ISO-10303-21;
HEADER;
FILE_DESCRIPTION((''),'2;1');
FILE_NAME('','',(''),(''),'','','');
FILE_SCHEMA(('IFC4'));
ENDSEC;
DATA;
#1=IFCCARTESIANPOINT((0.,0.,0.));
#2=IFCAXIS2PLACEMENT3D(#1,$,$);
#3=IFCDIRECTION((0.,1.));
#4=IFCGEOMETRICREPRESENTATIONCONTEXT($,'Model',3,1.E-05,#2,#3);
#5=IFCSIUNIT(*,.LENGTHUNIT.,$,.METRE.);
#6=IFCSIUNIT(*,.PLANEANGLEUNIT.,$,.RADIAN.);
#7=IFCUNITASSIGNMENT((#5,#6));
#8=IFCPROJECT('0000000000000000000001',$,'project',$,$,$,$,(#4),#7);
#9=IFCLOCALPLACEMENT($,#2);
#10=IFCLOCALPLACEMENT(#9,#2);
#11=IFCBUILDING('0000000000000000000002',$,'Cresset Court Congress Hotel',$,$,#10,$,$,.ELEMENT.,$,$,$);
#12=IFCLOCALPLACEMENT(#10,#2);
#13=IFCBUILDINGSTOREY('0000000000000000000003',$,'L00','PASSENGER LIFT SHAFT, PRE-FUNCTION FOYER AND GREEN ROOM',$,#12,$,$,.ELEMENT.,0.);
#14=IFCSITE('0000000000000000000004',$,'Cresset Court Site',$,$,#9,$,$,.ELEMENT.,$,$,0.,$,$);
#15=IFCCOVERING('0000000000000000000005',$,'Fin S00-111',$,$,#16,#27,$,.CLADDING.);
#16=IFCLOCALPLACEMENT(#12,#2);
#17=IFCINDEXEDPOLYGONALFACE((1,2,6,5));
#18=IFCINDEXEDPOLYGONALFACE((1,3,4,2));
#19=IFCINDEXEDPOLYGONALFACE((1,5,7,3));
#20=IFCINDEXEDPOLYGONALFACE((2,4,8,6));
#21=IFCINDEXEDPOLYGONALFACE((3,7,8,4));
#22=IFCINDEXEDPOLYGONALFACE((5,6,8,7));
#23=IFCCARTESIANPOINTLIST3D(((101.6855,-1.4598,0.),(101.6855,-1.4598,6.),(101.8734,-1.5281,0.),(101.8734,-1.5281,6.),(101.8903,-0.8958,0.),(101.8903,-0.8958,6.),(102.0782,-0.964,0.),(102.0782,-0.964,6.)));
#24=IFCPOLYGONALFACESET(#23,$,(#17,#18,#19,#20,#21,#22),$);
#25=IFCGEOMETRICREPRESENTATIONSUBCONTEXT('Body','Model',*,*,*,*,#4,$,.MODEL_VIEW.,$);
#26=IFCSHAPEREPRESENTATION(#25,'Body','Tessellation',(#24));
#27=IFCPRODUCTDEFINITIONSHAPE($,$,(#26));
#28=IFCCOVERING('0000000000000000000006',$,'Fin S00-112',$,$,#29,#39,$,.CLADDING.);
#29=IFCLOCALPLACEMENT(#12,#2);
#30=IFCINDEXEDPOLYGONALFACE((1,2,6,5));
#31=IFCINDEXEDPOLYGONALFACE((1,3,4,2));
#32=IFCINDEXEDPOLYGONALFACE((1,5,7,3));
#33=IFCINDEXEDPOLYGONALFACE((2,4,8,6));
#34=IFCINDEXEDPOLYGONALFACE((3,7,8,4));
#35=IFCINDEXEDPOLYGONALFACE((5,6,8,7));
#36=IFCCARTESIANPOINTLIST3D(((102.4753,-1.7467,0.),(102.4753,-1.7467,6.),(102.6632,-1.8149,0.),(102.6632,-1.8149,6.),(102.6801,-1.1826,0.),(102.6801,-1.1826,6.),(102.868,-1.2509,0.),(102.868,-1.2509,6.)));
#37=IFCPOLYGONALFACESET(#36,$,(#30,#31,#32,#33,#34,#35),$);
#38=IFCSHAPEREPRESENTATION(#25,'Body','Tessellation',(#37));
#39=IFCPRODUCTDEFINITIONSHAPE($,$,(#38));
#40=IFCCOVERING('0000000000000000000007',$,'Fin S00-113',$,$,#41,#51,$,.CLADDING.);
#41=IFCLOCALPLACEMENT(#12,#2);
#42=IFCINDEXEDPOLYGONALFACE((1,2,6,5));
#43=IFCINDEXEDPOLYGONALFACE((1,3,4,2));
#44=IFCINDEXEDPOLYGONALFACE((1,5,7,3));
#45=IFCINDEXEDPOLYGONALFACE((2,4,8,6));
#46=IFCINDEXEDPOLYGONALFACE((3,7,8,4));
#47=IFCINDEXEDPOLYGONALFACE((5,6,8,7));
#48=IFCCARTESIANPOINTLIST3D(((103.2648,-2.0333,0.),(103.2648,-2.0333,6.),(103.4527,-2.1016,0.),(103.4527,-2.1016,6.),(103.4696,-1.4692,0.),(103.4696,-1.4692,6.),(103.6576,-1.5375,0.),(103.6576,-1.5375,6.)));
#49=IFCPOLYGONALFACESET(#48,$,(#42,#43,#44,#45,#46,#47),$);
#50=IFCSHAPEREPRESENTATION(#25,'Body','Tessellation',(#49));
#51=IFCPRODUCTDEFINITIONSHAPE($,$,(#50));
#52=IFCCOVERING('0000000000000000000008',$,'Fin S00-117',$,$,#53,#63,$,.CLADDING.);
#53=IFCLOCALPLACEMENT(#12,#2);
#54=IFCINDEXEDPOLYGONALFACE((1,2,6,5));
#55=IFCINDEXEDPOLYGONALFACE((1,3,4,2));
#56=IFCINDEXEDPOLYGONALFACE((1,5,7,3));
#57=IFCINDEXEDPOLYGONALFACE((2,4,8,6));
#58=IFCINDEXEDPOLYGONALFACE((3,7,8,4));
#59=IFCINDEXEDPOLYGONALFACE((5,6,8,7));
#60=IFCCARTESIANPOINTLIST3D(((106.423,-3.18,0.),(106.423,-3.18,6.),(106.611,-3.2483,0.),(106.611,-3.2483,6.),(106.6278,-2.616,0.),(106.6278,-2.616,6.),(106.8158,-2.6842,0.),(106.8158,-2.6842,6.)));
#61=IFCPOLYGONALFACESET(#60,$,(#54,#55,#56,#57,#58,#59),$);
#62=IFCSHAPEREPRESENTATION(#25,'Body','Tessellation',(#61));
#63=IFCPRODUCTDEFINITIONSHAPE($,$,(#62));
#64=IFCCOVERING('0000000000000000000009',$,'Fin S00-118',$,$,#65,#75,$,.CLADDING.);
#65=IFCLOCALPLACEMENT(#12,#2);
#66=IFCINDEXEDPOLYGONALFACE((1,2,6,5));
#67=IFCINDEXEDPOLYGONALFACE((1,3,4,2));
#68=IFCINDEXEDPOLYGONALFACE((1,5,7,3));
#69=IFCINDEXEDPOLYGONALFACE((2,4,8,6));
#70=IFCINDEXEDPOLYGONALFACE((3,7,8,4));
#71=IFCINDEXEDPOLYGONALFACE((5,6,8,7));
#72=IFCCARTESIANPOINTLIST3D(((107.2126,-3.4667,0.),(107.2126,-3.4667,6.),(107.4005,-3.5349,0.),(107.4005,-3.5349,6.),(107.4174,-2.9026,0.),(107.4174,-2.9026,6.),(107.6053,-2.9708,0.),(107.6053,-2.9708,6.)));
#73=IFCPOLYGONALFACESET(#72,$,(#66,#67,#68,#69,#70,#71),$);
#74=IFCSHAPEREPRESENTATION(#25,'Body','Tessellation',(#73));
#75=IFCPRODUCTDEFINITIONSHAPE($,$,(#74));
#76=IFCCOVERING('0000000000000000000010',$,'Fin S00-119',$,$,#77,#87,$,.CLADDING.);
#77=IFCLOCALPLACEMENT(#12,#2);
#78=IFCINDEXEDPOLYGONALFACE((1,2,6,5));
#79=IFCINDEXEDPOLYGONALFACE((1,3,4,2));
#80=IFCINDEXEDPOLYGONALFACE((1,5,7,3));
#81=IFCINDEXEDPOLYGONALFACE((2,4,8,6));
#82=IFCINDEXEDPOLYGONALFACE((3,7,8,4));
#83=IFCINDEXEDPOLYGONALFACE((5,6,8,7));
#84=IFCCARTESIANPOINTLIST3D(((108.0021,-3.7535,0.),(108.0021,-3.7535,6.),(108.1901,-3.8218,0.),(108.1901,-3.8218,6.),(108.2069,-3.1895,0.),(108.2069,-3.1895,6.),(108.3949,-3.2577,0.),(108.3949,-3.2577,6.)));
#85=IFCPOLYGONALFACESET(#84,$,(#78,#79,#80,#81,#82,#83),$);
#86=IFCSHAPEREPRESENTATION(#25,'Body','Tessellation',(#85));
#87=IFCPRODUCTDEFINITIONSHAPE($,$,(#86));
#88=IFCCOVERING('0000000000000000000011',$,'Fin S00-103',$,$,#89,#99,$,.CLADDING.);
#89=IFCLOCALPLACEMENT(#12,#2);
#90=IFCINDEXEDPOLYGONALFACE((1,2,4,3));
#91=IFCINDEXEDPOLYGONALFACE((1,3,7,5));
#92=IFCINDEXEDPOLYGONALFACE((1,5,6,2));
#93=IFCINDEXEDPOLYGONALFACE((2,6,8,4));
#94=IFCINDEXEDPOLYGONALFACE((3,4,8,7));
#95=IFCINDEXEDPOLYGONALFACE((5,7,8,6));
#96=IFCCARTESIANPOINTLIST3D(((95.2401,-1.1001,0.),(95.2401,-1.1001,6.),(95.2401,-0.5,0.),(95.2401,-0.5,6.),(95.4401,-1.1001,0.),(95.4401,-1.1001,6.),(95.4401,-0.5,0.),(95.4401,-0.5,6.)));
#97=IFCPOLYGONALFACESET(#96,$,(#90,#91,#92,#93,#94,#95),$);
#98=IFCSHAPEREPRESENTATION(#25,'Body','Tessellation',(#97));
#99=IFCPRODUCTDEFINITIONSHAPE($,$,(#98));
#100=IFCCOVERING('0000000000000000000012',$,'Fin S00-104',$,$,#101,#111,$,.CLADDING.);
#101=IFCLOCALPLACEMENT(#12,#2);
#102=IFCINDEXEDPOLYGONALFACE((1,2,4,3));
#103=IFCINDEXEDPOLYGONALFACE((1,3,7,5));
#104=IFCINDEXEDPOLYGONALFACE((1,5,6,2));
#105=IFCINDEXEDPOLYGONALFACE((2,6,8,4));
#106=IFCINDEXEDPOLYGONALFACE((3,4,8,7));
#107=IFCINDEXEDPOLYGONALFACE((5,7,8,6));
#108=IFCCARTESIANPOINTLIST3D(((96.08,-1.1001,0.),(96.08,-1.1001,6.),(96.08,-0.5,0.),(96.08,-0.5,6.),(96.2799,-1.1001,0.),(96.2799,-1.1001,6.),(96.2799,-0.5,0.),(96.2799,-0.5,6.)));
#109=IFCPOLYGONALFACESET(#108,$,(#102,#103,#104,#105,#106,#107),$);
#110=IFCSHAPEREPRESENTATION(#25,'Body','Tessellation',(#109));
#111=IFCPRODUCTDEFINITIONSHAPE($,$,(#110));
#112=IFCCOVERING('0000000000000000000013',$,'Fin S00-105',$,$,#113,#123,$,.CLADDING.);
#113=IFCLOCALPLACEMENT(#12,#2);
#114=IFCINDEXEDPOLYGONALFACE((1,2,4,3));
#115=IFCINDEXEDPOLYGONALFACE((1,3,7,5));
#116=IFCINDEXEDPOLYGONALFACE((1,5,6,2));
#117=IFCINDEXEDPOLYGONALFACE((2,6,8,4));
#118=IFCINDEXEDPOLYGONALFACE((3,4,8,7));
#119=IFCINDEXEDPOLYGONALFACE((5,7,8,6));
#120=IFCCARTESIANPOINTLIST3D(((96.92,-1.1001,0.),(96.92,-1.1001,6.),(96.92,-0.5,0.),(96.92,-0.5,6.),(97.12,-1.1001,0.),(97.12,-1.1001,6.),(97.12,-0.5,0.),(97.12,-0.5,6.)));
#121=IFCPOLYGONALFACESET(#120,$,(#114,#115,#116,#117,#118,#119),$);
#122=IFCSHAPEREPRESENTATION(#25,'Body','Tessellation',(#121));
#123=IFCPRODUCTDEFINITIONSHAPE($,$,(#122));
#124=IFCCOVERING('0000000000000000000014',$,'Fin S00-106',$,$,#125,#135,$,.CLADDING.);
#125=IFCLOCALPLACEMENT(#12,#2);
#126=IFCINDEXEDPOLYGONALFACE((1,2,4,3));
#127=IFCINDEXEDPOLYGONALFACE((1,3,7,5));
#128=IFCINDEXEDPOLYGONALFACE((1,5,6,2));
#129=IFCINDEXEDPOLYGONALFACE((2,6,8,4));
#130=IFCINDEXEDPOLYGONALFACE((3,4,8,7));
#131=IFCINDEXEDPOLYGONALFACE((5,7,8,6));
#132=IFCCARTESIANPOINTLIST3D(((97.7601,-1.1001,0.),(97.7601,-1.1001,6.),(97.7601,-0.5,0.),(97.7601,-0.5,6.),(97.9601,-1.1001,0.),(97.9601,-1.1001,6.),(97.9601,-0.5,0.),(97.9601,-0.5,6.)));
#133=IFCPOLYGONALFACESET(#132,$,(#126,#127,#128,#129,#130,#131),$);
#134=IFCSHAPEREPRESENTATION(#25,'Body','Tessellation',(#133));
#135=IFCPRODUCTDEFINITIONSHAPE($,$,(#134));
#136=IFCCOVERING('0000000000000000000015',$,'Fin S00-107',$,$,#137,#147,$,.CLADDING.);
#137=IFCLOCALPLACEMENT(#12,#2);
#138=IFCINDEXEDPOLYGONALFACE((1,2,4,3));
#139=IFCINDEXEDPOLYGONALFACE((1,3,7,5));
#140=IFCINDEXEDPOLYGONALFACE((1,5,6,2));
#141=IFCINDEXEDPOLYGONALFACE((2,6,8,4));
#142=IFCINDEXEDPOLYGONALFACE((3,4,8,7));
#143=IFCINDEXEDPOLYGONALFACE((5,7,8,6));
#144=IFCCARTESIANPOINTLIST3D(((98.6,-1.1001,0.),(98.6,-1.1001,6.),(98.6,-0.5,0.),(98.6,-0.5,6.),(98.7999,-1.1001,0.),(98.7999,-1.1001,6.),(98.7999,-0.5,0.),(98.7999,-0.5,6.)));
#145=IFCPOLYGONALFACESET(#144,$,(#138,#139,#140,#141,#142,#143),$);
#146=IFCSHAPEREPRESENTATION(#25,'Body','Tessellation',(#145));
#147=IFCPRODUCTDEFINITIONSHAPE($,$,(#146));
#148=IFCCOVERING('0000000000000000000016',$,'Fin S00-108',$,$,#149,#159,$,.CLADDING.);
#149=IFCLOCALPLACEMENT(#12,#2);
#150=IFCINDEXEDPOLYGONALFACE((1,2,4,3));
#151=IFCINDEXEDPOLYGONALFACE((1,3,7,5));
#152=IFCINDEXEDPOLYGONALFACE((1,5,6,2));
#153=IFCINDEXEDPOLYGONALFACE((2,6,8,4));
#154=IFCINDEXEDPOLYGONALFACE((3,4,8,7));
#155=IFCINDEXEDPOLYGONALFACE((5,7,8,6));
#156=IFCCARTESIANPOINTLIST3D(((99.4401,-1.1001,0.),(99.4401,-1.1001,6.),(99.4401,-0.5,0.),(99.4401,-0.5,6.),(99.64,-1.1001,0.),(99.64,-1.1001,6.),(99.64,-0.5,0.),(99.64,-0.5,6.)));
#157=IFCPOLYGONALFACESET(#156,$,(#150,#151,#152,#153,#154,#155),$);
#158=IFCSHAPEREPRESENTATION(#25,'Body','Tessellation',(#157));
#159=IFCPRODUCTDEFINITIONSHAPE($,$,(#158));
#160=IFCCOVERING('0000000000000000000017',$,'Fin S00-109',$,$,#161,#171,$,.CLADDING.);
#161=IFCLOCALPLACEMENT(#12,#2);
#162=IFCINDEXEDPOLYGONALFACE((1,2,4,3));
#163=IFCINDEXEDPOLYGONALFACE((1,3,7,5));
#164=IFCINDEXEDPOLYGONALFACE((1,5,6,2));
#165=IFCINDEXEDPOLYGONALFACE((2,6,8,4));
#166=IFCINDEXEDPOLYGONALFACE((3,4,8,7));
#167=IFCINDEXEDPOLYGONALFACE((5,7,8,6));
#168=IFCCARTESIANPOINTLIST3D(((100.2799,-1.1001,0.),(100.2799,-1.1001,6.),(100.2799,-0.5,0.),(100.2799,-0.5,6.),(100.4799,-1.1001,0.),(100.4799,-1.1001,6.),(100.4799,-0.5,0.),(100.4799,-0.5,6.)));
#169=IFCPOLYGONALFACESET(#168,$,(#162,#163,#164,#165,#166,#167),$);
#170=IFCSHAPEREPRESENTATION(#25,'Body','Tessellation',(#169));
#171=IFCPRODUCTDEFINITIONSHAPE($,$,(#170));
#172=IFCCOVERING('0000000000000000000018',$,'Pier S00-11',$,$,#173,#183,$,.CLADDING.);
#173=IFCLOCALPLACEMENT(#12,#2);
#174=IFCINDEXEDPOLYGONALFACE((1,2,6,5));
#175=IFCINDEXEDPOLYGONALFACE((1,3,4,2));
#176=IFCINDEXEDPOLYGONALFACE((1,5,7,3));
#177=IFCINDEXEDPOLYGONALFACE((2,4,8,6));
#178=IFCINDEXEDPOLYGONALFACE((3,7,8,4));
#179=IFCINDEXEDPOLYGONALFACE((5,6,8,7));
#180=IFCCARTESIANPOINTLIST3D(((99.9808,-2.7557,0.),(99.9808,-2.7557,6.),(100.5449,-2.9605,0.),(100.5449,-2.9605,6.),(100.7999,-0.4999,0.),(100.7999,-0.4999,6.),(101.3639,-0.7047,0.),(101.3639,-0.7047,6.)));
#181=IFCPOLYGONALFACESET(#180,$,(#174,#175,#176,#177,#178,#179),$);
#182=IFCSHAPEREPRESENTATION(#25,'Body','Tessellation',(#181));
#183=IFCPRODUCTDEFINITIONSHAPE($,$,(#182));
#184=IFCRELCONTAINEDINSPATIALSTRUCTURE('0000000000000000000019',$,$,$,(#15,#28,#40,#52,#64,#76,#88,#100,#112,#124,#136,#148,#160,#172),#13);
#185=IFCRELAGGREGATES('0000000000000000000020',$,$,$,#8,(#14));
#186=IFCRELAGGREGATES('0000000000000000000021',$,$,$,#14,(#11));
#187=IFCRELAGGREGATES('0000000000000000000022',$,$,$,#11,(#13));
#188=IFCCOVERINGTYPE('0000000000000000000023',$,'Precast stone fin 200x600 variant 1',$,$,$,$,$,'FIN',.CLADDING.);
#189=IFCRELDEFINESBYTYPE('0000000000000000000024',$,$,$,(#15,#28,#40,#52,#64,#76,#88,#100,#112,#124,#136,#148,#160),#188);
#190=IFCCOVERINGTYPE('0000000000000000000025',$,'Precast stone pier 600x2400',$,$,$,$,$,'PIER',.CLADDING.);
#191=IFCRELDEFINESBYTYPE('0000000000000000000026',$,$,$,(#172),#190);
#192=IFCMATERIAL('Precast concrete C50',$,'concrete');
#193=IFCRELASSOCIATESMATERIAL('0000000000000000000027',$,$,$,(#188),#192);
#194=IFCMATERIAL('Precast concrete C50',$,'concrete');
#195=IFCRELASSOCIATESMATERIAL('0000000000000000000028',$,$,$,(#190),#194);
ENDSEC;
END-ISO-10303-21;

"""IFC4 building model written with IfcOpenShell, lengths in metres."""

from ifc_helpers import new_model, si_unit, direction, frame, origin, origin_2d, place, context, subcontext, project, spatial, rectangle, extrude, material, type_object, element, save


model = new_model("IFC4")

# Units and contexts
model_context = context("Model", 3, precision=1e-05, world=origin(), true_north=direction((0.0, 1.0)))
body_context = subcontext(model_context, "Body", "Model", "MODEL_VIEW")
ifc_project = project(units=[si_unit("LENGTHUNIT", "METRE"), si_unit("PLANEANGLEUNIT", "RADIAN")], contexts=[model_context])

# Site, building, storey
site_placement = place(None, origin())
site = spatial("IfcSite", under=ifc_project, at=site_placement, Name="Cresset Court Site", CompositionType="ELEMENT", RefElevation=0.0)
building_placement = place(site_placement, origin())
building = spatial("IfcBuilding", under=site, at=building_placement, Name="Cresset Court Congress Hotel", CompositionType="ELEMENT")
storey_placement = place(building_placement, origin())
storey = spatial("IfcBuildingStorey", under=building, at=storey_placement, Name="L00", Description="PASSENGER LIFT SHAFT, PRE-FUNCTION FOYER AND GREEN ROOM", CompositionType="ELEMENT", Elevation=0.0)

# Coverings
ifc_material_1 = material(Name="Precast concrete C50", Category="concrete")
covering_type_1 = type_object("IfcCoveringType", Name="Precast stone fin 200x600 variant 1", ElementType="FIN", PredefinedType="CLADDING", material=ifc_material_1)
for number, where, z_axis, x_axis, name in (
    (1, (101.8818, -1.2119, 0.0), (0.0, 0.0, 1.0), (0.939957, -0.341293, 0.0), "Fin S00-111"),
    (2, (102.6716, -1.4988, 0.0), (0.0, 0.0, 1.0), (0.939957, -0.341293, 0.0), "Fin S00-112"),
    (3, (103.4612, -1.7854, 0.0), (0.0, 0.0, 1.0), (0.939957, -0.341293, 0.0), "Fin S00-113"),
    (4, (106.6194, -2.9321, 0.0), (0.0, 0.0, 1.0), (0.939957, -0.341293, 0.0), "Fin S00-117"),
    (5, (107.4089, -3.2188, 0.0), (0.0, 0.0, 1.0), (0.939957, -0.341293, 0.0), "Fin S00-118"),
    (6, (108.1985, -3.5056, 0.0), (0.0, 0.0, 1.0), (0.939957, -0.341293, 0.0), "Fin S00-119"),
    (7, (95.3401, -0.8, 0.0), (0.0, 0.0, 1.0), (1.0, 0.0, 0.0), "Fin S00-103"),
    (8, (96.1799, -0.8, 0.0), (0.0, 0.0, 1.0), (1.0, 0.0, 0.0), "Fin S00-104"),
    (9, (97.02, -0.8, 0.0), (0.0, 0.0, 1.0), (1.0, 0.0, 0.0), "Fin S00-105"),
    (10, (97.8601, -0.8, 0.0), (0.0, 0.0, 1.0), (1.0, 0.0, 0.0), "Fin S00-106"),
    (11, (98.7, -0.8, 0.0), (0.0, 0.0, 1.0), (1.0, 0.0, 0.0), "Fin S00-107"),
    (12, (99.54, -0.8, 0.0), (0.0, 0.0, 1.0), (1.0, 0.0, 0.0), "Fin S00-108"),
    (13, (100.3799, -0.8, 0.0), (0.0, 0.0, 1.0), (1.0, 0.0, 0.0), "Fin S00-109"),
):
    element("IfcCovering", number, at=place(storey_placement, frame(where, z_axis=z_axis, x_axis=x_axis)), inside=storey, type_object=covering_type_1, Name=name, PredefinedType="CLADDING", context=body_context, shape_type="SweptSolid", body=[
        extrude(rectangle(XDim=0.2, YDim=0.6001, at=origin_2d()), origin(), (0.0, 0.0, 1.0), 6.0),
    ])
ifc_material_2 = material(Name="Precast concrete C50", Category="concrete")
covering_type_2 = type_object("IfcCoveringType", Name="Precast stone pier 600x2400", ElementType="PIER", PredefinedType="CLADDING", material=ifc_material_2)
covering_placement = place(storey_placement, frame((100.6724, -1.7302, 0.0), z_axis=(0.0, 0.0, 1.0), x_axis=(0.939957, -0.341293, 0.0)))
element("IfcCovering", 14, at=covering_placement, inside=storey, type_object=covering_type_2, Name="Pier S00-11", PredefinedType="CLADDING", context=body_context, shape_type="SweptSolid", body=[
    extrude(rectangle(XDim=0.6001, YDim=2.3999, at=origin_2d()), origin(), (0.0, 0.0, 1.0), 6.0),
])

save(model, "model.ifc")
